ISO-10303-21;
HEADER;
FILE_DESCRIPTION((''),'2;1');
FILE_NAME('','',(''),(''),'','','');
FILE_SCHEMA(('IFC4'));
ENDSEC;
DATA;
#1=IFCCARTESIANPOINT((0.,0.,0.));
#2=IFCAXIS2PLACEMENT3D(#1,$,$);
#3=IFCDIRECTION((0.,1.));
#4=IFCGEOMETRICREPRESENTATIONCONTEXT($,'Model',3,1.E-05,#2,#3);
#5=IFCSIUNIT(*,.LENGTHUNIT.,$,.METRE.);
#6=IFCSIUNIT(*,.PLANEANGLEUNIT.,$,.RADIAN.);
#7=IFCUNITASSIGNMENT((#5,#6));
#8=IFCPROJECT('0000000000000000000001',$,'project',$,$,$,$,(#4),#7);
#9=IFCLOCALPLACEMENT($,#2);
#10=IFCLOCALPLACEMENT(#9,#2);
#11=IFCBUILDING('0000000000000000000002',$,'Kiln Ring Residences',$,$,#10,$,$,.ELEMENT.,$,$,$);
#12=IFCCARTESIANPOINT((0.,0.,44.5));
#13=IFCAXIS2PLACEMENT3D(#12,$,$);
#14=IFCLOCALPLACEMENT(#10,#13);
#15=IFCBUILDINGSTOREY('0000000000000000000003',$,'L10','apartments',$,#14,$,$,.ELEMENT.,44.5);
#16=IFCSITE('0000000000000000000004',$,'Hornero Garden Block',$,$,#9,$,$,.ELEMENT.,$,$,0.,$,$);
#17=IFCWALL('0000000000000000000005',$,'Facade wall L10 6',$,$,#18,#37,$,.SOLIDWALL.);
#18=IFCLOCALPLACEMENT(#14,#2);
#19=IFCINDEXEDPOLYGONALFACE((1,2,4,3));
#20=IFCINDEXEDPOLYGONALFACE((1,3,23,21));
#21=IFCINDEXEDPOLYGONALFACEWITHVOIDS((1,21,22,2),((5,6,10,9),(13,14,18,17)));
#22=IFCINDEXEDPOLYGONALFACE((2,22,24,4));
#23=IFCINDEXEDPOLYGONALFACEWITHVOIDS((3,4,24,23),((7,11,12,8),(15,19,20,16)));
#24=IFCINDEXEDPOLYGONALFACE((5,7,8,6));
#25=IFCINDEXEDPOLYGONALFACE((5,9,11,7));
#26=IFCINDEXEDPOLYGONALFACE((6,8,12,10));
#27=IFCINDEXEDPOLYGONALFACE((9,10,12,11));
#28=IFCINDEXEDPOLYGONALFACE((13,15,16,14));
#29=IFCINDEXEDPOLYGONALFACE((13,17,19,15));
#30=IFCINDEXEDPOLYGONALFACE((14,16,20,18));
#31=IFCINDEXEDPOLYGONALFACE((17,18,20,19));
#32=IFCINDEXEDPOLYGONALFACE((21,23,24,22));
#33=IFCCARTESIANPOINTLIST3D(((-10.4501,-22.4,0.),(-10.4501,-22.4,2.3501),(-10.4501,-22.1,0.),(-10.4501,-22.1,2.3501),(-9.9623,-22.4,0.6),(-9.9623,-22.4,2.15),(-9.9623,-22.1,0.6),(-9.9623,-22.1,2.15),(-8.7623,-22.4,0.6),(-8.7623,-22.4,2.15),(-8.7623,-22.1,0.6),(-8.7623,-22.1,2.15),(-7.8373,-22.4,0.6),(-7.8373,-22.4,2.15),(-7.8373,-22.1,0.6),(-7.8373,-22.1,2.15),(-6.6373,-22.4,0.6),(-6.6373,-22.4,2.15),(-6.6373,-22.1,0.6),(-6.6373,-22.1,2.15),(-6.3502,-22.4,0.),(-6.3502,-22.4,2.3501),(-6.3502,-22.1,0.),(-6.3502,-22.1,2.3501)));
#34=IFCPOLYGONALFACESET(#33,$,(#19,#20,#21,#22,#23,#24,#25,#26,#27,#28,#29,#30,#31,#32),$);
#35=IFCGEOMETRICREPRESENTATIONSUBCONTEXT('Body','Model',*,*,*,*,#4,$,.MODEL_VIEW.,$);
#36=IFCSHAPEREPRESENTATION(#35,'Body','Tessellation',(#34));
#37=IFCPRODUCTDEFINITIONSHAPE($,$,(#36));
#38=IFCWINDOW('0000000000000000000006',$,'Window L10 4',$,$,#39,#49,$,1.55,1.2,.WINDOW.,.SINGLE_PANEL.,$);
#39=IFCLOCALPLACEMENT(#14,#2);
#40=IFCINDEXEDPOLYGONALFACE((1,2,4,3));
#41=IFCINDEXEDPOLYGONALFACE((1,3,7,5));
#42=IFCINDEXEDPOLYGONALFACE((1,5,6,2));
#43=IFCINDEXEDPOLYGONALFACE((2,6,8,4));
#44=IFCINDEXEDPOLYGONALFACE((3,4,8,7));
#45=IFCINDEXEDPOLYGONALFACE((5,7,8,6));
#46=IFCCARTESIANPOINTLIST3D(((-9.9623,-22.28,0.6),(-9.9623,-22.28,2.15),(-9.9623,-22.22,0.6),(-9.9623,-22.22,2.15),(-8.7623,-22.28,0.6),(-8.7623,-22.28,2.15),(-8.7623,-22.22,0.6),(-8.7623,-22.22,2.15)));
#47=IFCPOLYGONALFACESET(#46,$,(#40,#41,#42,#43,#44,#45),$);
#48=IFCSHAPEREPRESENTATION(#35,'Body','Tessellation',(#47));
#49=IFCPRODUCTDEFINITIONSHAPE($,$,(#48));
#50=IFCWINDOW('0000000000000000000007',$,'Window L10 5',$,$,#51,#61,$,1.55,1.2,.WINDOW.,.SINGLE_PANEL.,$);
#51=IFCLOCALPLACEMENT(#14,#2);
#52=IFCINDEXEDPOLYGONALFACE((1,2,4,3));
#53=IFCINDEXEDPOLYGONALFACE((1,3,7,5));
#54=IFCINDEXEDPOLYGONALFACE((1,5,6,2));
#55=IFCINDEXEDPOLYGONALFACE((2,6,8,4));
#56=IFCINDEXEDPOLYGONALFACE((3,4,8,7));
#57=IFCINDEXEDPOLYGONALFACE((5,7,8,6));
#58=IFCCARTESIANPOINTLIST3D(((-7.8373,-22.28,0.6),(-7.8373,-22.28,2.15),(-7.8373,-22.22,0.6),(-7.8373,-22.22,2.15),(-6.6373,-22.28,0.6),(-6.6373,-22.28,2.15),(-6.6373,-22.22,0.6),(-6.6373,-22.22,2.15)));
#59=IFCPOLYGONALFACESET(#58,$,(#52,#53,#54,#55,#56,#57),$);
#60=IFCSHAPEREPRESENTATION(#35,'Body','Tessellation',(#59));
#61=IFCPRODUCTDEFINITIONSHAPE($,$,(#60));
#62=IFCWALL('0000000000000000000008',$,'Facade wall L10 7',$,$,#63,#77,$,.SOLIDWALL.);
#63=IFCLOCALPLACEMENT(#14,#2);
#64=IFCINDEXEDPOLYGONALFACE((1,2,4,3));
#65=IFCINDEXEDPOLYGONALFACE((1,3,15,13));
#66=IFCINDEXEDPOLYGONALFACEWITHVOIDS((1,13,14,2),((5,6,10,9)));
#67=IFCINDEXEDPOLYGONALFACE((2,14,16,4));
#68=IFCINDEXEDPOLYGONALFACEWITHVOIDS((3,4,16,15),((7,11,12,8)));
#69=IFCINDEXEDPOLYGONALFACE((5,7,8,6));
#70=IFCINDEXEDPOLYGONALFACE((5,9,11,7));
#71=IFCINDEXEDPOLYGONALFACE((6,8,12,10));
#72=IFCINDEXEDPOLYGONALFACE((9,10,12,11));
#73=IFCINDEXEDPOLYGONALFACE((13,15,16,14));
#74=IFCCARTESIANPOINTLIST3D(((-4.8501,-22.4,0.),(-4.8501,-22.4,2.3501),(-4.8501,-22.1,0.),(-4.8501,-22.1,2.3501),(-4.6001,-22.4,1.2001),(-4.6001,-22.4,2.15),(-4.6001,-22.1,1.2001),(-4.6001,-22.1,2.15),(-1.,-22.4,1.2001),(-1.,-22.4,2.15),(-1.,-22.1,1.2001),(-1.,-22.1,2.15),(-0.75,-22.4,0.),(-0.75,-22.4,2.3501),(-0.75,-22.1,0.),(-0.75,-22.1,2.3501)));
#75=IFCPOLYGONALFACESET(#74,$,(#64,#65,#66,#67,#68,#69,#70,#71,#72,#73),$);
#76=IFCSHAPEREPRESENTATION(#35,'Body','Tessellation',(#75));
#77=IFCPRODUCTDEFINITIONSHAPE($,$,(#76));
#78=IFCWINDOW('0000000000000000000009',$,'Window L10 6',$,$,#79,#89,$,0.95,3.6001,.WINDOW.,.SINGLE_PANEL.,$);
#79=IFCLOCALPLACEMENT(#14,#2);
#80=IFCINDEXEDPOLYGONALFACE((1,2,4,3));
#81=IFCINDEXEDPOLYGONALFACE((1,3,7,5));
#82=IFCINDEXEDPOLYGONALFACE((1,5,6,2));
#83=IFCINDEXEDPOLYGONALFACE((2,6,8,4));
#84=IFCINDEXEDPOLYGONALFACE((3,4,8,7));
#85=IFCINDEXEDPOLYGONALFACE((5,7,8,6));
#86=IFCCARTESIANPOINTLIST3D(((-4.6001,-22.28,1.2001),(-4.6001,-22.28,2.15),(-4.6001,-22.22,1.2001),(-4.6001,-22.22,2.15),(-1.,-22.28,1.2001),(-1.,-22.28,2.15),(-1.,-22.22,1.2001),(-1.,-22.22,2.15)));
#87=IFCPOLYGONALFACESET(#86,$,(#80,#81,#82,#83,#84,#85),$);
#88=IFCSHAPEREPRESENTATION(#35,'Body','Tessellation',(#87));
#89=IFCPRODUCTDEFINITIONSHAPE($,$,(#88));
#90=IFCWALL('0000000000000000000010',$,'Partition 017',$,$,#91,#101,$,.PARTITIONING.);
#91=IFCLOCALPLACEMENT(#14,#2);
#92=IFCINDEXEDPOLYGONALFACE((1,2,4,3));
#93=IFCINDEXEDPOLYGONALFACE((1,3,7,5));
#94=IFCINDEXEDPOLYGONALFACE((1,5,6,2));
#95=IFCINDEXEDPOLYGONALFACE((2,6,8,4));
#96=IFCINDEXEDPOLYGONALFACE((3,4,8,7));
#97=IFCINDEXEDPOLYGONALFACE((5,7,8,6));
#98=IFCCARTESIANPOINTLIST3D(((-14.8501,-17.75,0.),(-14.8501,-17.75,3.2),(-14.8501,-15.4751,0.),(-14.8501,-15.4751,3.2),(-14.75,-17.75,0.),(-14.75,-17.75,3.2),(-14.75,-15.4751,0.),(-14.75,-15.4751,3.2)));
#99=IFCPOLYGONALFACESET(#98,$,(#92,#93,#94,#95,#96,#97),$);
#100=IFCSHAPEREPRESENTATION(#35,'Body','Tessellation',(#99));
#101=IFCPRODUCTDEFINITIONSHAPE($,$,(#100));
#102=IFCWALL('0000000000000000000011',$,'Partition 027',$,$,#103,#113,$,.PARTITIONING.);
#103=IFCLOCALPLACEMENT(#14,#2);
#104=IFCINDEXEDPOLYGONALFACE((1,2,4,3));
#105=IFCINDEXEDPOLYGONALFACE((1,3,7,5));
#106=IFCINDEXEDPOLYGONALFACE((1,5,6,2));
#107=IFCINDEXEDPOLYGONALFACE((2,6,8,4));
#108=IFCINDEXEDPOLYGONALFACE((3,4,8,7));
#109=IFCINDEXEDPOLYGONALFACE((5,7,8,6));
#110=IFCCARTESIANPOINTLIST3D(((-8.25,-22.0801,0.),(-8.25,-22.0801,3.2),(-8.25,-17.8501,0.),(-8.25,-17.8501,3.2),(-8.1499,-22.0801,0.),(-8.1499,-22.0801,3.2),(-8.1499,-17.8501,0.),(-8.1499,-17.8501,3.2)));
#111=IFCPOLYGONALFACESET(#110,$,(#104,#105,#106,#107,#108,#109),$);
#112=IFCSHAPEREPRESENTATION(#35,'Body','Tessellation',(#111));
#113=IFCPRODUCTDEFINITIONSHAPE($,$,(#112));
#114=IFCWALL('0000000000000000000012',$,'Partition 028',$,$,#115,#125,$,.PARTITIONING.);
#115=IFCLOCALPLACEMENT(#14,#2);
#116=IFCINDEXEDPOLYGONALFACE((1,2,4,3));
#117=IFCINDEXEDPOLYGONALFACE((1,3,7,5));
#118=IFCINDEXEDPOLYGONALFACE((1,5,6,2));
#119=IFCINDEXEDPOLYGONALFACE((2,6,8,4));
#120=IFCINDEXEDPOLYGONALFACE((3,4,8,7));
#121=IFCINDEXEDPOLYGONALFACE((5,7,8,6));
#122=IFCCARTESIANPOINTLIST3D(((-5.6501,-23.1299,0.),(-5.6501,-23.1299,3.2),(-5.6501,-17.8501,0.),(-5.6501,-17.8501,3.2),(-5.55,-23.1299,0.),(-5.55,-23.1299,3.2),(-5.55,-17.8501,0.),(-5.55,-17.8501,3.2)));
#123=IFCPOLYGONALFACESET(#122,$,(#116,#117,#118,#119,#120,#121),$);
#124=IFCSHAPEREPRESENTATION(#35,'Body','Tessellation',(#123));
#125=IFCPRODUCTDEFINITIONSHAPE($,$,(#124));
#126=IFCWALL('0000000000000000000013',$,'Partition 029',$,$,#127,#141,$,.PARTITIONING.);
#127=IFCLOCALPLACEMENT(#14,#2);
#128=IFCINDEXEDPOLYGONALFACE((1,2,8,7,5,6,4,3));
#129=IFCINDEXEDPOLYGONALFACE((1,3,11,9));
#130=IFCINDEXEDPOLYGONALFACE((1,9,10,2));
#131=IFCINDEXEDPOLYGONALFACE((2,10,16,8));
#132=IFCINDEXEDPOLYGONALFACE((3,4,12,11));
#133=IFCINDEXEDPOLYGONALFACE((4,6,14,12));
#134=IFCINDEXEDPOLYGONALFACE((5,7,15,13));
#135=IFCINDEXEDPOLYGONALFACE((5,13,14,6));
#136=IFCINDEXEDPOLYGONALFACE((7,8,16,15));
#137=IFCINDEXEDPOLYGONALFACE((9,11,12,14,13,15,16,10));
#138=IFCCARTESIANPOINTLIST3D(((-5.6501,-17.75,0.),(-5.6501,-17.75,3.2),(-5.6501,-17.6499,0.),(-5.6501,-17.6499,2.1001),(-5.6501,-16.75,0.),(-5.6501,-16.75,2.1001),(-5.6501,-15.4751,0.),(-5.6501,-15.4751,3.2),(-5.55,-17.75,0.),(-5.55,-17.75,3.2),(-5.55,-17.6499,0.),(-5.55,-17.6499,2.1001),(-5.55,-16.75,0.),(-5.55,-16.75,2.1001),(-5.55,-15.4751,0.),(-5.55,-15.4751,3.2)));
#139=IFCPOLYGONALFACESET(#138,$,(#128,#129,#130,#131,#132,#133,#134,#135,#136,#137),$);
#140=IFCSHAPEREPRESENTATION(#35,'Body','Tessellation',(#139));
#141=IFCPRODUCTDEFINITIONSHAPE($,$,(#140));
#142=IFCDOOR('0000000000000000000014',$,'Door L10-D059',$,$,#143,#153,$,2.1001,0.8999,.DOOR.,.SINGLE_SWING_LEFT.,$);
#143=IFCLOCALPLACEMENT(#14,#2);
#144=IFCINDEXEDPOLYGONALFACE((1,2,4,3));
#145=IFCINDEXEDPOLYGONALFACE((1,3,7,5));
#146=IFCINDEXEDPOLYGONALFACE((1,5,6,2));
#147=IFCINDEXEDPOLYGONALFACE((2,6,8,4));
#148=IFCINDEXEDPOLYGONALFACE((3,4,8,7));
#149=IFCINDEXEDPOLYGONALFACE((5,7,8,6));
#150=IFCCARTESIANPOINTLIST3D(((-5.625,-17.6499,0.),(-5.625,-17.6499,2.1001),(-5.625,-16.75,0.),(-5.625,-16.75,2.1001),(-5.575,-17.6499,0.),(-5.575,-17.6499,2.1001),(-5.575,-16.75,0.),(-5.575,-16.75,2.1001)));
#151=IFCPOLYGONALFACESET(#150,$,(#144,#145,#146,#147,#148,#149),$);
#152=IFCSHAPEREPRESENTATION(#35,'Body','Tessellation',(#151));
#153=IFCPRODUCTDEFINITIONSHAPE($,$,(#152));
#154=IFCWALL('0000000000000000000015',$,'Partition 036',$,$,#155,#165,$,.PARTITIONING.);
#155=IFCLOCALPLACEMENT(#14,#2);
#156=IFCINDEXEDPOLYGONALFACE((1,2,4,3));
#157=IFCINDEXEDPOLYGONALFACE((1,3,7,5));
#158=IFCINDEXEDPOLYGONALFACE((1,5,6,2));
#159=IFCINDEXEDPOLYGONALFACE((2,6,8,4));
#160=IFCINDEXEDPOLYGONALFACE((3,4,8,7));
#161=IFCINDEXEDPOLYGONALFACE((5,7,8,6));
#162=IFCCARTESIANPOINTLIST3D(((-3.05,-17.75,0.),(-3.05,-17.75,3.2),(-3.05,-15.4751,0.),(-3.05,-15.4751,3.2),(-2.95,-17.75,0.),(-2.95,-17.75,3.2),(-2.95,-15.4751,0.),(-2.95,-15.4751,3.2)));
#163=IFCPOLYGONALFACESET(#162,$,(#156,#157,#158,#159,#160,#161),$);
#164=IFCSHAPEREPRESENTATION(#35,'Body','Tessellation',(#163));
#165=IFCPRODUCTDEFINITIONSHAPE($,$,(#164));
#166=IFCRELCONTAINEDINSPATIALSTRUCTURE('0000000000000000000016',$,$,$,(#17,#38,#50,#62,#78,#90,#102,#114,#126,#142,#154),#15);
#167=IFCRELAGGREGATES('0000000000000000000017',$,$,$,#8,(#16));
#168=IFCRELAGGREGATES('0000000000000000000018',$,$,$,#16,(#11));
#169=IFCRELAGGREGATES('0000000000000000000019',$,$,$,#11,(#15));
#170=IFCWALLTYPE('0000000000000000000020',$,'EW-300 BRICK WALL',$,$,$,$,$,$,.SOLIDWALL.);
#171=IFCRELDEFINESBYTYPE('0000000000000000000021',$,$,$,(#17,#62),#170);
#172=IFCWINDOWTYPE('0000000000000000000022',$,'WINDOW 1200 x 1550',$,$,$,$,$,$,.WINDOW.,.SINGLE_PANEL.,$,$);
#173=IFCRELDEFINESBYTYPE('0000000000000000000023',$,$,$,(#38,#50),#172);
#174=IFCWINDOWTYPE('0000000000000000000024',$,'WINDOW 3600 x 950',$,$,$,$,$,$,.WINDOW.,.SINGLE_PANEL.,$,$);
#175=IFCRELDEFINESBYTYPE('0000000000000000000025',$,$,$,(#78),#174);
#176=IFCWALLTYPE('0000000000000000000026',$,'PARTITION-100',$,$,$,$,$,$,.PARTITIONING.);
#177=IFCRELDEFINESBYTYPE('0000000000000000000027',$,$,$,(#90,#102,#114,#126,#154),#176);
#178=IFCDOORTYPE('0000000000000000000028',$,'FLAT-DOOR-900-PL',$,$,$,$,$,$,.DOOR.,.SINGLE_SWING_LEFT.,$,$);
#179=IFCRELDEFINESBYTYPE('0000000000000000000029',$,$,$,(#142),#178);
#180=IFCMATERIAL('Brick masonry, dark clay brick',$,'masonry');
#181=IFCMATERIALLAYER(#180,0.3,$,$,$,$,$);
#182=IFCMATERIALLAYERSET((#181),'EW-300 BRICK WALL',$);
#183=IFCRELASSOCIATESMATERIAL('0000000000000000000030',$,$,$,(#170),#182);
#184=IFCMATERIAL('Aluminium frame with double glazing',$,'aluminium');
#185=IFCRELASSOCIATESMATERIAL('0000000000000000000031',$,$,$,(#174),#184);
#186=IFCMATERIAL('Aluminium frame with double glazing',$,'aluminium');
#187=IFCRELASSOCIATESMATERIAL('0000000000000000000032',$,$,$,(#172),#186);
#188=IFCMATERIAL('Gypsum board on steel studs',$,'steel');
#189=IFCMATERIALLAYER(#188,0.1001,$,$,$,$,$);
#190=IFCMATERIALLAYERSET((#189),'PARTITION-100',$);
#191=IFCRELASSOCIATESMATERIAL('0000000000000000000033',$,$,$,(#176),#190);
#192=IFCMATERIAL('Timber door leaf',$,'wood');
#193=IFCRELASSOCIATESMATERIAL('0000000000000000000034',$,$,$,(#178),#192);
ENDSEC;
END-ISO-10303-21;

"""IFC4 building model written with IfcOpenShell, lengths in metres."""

from ifc_helpers import new_model, si_unit, direction, frame, frame_2d, origin, place, context, subcontext, project, spatial, rectangle, extrude, material, layer, layer_set, type_object, element, fill, save


model = new_model("IFC4")

# Units and contexts
model_context = context("Model", 3, precision=1e-05, world=origin(), true_north=direction((0.0, 1.0)))
body_context = subcontext(model_context, "Body", "Model", "MODEL_VIEW")
ifc_project = project(units=[si_unit("LENGTHUNIT", "METRE"), si_unit("PLANEANGLEUNIT", "RADIAN")], contexts=[model_context])

# Site, building, storey
site_placement = place(None, origin())
site = spatial("IfcSite", under=ifc_project, at=site_placement, Name="Hornero Garden Block", CompositionType="ELEMENT", RefElevation=0.0)
building_placement = place(site_placement, origin())
building = spatial("IfcBuilding", under=site, at=building_placement, Name="Kiln Ring Residences", CompositionType="ELEMENT")
storey_placement = place(building_placement, frame((0.0, 0.0, 44.5)))
storey = spatial("IfcBuildingStorey", under=building, at=storey_placement, Name="L10", Description="apartments", CompositionType="ELEMENT", Elevation=44.5)

# Shared definitions
ifc_material_1 = material(Name="Brick masonry, dark clay brick", Category="masonry")
ifc_layer_1 = layer(ifc_material_1, 0.3)
ifc_layer_set_1 = layer_set([ifc_layer_1], Name="EW-300 BRICK WALL")
wall_type_1 = type_object("IfcWallType", Name="EW-300 BRICK WALL", PredefinedType="SOLIDWALL", material=ifc_layer_set_1)
ifc_material_2 = material(Name="Aluminium frame with double glazing", Category="aluminium")
window_type_1 = type_object("IfcWindowType", Name="WINDOW 3600 x 950", PartitioningType="SINGLE_PANEL", PredefinedType="WINDOW", material=ifc_material_2)

# Wall, openings, windows
wall_1_placement = place(storey_placement, frame((-10.45, -22.25, 0.0), z_axis=(0.0, 0.0, 1.0), x_axis=(1.0, 0.0, 0.0)))
wall_1 = element("IfcWall", 1, at=wall_1_placement, inside=storey, type_object=wall_type_1, Name="Facade wall L10 6", PredefinedType="SOLIDWALL", context=body_context, shape_type="SweptSolid", body=[
    extrude(rectangle(XDim=4.0999, YDim=0.3, at=frame_2d((2.0498, 0.0))), origin(), (0.0, 0.0, 1.0), 2.3501),
])
opening_1_placement = place(wall_1_placement, frame((0.4875, 0.0, 0.6001)))
opening_1 = element("IfcOpeningElement", 2, at=opening_1_placement, cuts=wall_1, PredefinedType="OPENING", context=body_context, shape_type="SweptSolid", body=[
    extrude(rectangle(XDim=1.2, YDim=1.55, at=frame_2d((0.6001, 0.7749))), frame((0.0, 0.1599, 0.0), z_axis=(0.0, -1.0, 0.0), x_axis=(1.0, 0.0, 0.0)), (0.0, 0.0, 1.0), 0.3201),
])
opening_2_placement = place(wall_1_placement, frame((2.6125, 0.0, 0.6001)))
opening_2 = element("IfcOpeningElement", 3, at=opening_2_placement, cuts=wall_1, PredefinedType="OPENING", context=body_context, shape_type="SweptSolid", body=[
    extrude(rectangle(XDim=1.2, YDim=1.55, at=frame_2d((0.6001, 0.7749))), frame((0.0, 0.1599, 0.0), z_axis=(0.0, -1.0, 0.0), x_axis=(1.0, 0.0, 0.0)), (0.0, 0.0, 1.0), 0.3201),
])
ifc_material_3 = material(Name="Aluminium frame with double glazing", Category="aluminium")
window_type_2 = type_object("IfcWindowType", Name="WINDOW 1200 x 1550", PartitioningType="SINGLE_PANEL", PredefinedType="WINDOW", material=ifc_material_3)
window_1_placement = place(opening_1_placement, origin())
window_1 = element("IfcWindow", 4, at=window_1_placement, inside=storey, type_object=window_type_2, Name="Window L10 4", OverallHeight=1.55, OverallWidth=1.2, PartitioningType="SINGLE_PANEL", PredefinedType="WINDOW", context=body_context, shape_type="SweptSolid", body=[
    extrude(rectangle(XDim=1.2, YDim=1.55, at=frame_2d((0.6001, 0.7749))), frame((0.0, 0.03, 0.0), z_axis=(0.0, -1.0, 0.0), x_axis=(1.0, 0.0, 0.0)), (0.0, 0.0, 1.0), 0.0601),
])
fill(opening_1, window_1)
window_2_placement = place(opening_2_placement, origin())
window_2 = element("IfcWindow", 5, at=window_2_placement, inside=storey, type_object=window_type_2, Name="Window L10 5", OverallHeight=1.55, OverallWidth=1.2, PartitioningType="SINGLE_PANEL", PredefinedType="WINDOW", context=body_context, shape_type="SweptSolid", body=[
    extrude(rectangle(XDim=1.2, YDim=1.55, at=frame_2d((0.6001, 0.7749))), frame((0.0, 0.03, 0.0), z_axis=(0.0, -1.0, 0.0), x_axis=(1.0, 0.0, 0.0)), (0.0, 0.0, 1.0), 0.0601),
])
fill(opening_2, window_2)

# Wall, opening, window
wall_2_placement = place(storey_placement, frame((-4.8501, -22.25, 0.0), z_axis=(0.0, 0.0, 1.0), x_axis=(1.0, 0.0, 0.0)))
wall_2 = element("IfcWall", 6, at=wall_2_placement, inside=storey, type_object=wall_type_1, Name="Facade wall L10 7", PredefinedType="SOLIDWALL", context=body_context, shape_type="SweptSolid", body=[
    extrude(rectangle(XDim=4.1001, YDim=0.3, at=frame_2d((2.05, 0.0))), origin(), (0.0, 0.0, 1.0), 2.3501),
])
opening_3_placement = place(wall_2_placement, frame((0.25, 0.0, 1.2)))
opening_3 = element("IfcOpeningElement", 7, at=opening_3_placement, cuts=wall_2, PredefinedType="OPENING", context=body_context, shape_type="SweptSolid", body=[
    extrude(rectangle(XDim=3.6001, YDim=0.95, at=frame_2d((1.8, 0.4751))), frame((0.0, 0.1599, 0.0), z_axis=(0.0, -1.0, 0.0), x_axis=(1.0, 0.0, 0.0)), (0.0, 0.0, 1.0), 0.3201),
])
window_3_placement = place(opening_3_placement, origin())
window_3 = element("IfcWindow", 8, at=window_3_placement, inside=storey, type_object=window_type_1, Name="Window L10 6", OverallHeight=0.95, OverallWidth=3.6001, PartitioningType="SINGLE_PANEL", PredefinedType="WINDOW", context=body_context, shape_type="SweptSolid", body=[
    extrude(rectangle(XDim=3.6001, YDim=0.95, at=frame_2d((1.8, 0.4751))), frame((0.0, 0.03, 0.0), z_axis=(0.0, -1.0, 0.0), x_axis=(1.0, 0.0, 0.0)), (0.0, 0.0, 1.0), 0.0601),
])
fill(opening_3, window_3)

# Walls
ifc_material_4 = material(Name="Gypsum board on steel studs", Category="steel")
ifc_layer_2 = layer(ifc_material_4, 0.1001)
ifc_layer_set_2 = layer_set([ifc_layer_2], Name="PARTITION-100")
wall_type_2 = type_object("IfcWallType", Name="PARTITION-100", PredefinedType="PARTITIONING", material=ifc_layer_set_2)
wall_3_placement = place(storey_placement, frame((-14.8, -17.75, 0.0), z_axis=(0.0, 0.0, 1.0), x_axis=(0.0, 1.0, 0.0)))
element("IfcWall", 9, at=wall_3_placement, inside=storey, type_object=wall_type_2, Name="Partition 017", PredefinedType="PARTITIONING", context=body_context, shape_type="SweptSolid", body=[
    extrude(rectangle(XDim=2.2749, YDim=0.1001, at=frame_2d((1.1375, 0.0))), origin(), (0.0, 0.0, 1.0), 3.2),
])
wall_4_placement = place(storey_placement, frame((-8.2, -22.0801, 0.0), z_axis=(0.0, 0.0, 1.0), x_axis=(0.0, 1.0, 0.0)))
element("IfcWall", 10, at=wall_4_placement, inside=storey, type_object=wall_type_2, Name="Partition 027", PredefinedType="PARTITIONING", context=body_context, shape_type="SweptSolid", body=[
    extrude(rectangle(XDim=4.23, YDim=0.1001, at=frame_2d((2.115, 0.0))), origin(), (0.0, 0.0, 1.0), 3.2),
])
wall_5_placement = place(storey_placement, frame((-5.6001, -23.1299, 0.0), z_axis=(0.0, 0.0, 1.0), x_axis=(0.0, 1.0, 0.0)))
element("IfcWall", 11, at=wall_5_placement, inside=storey, type_object=wall_type_2, Name="Partition 028", PredefinedType="PARTITIONING", context=body_context, shape_type="SweptSolid", body=[
    extrude(rectangle(XDim=5.2798, YDim=0.1001, at=frame_2d((2.6399, 0.0))), origin(), (0.0, 0.0, 1.0), 3.2),
])

# Wall, opening, door
wall_6_placement = place(storey_placement, frame((-5.6001, -17.75, 0.0), z_axis=(0.0, 0.0, 1.0), x_axis=(0.0, 1.0, 0.0)))
wall_6 = element("IfcWall", 12, at=wall_6_placement, inside=storey, type_object=wall_type_2, Name="Partition 029", PredefinedType="PARTITIONING", context=body_context, shape_type="SweptSolid", body=[
    extrude(rectangle(XDim=2.2749, YDim=0.1001, at=frame_2d((1.1375, 0.0))), origin(), (0.0, 0.0, 1.0), 3.2),
])
opening_4_placement = place(wall_6_placement, frame((0.1001, 0.0, 0.0)))
opening_4 = element("IfcOpeningElement", 13, at=opening_4_placement, cuts=wall_6, PredefinedType="OPENING", context=body_context, shape_type="SweptSolid", body=[
    extrude(rectangle(XDim=0.8999, YDim=2.1001, at=frame_2d((0.45, 1.05))), frame((0.0, 0.0601, 0.0), z_axis=(0.0, -1.0, 0.0), x_axis=(1.0, 0.0, 0.0)), (0.0, 0.0, 1.0), 0.1201),
])
ifc_material_5 = material(Name="Timber door leaf", Category="wood")
door_type = type_object("IfcDoorType", Name="FLAT-DOOR-900-PL", OperationType="SINGLE_SWING_LEFT", PredefinedType="DOOR", material=ifc_material_5)
door_placement = place(opening_4_placement, origin())
door = element("IfcDoor", 14, at=door_placement, inside=storey, type_object=door_type, Name="Door L10-D059", OperationType="SINGLE_SWING_LEFT", OverallHeight=2.1001, OverallWidth=0.8999, PredefinedType="DOOR", context=body_context, shape_type="SweptSolid", body=[
    extrude(rectangle(XDim=0.8999, YDim=2.1001, at=frame_2d((0.45, 1.05))), frame((0.0, 0.0249, 0.0), z_axis=(0.0, -1.0, 0.0), x_axis=(1.0, 0.0, 0.0)), (0.0, 0.0, 1.0), 0.05),
])
fill(opening_4, door)

# Wall
wall_7_placement = place(storey_placement, frame((-3.0, -17.75, 0.0), z_axis=(0.0, 0.0, 1.0), x_axis=(0.0, 1.0, 0.0)))
element("IfcWall", 15, at=wall_7_placement, inside=storey, type_object=wall_type_2, Name="Partition 036", PredefinedType="PARTITIONING", context=body_context, shape_type="SweptSolid", body=[
    extrude(rectangle(XDim=2.2749, YDim=0.1001, at=frame_2d((1.1375, 0.0))), origin(), (0.0, 0.0, 1.0), 3.2),
])

save(model, "model.ifc")
